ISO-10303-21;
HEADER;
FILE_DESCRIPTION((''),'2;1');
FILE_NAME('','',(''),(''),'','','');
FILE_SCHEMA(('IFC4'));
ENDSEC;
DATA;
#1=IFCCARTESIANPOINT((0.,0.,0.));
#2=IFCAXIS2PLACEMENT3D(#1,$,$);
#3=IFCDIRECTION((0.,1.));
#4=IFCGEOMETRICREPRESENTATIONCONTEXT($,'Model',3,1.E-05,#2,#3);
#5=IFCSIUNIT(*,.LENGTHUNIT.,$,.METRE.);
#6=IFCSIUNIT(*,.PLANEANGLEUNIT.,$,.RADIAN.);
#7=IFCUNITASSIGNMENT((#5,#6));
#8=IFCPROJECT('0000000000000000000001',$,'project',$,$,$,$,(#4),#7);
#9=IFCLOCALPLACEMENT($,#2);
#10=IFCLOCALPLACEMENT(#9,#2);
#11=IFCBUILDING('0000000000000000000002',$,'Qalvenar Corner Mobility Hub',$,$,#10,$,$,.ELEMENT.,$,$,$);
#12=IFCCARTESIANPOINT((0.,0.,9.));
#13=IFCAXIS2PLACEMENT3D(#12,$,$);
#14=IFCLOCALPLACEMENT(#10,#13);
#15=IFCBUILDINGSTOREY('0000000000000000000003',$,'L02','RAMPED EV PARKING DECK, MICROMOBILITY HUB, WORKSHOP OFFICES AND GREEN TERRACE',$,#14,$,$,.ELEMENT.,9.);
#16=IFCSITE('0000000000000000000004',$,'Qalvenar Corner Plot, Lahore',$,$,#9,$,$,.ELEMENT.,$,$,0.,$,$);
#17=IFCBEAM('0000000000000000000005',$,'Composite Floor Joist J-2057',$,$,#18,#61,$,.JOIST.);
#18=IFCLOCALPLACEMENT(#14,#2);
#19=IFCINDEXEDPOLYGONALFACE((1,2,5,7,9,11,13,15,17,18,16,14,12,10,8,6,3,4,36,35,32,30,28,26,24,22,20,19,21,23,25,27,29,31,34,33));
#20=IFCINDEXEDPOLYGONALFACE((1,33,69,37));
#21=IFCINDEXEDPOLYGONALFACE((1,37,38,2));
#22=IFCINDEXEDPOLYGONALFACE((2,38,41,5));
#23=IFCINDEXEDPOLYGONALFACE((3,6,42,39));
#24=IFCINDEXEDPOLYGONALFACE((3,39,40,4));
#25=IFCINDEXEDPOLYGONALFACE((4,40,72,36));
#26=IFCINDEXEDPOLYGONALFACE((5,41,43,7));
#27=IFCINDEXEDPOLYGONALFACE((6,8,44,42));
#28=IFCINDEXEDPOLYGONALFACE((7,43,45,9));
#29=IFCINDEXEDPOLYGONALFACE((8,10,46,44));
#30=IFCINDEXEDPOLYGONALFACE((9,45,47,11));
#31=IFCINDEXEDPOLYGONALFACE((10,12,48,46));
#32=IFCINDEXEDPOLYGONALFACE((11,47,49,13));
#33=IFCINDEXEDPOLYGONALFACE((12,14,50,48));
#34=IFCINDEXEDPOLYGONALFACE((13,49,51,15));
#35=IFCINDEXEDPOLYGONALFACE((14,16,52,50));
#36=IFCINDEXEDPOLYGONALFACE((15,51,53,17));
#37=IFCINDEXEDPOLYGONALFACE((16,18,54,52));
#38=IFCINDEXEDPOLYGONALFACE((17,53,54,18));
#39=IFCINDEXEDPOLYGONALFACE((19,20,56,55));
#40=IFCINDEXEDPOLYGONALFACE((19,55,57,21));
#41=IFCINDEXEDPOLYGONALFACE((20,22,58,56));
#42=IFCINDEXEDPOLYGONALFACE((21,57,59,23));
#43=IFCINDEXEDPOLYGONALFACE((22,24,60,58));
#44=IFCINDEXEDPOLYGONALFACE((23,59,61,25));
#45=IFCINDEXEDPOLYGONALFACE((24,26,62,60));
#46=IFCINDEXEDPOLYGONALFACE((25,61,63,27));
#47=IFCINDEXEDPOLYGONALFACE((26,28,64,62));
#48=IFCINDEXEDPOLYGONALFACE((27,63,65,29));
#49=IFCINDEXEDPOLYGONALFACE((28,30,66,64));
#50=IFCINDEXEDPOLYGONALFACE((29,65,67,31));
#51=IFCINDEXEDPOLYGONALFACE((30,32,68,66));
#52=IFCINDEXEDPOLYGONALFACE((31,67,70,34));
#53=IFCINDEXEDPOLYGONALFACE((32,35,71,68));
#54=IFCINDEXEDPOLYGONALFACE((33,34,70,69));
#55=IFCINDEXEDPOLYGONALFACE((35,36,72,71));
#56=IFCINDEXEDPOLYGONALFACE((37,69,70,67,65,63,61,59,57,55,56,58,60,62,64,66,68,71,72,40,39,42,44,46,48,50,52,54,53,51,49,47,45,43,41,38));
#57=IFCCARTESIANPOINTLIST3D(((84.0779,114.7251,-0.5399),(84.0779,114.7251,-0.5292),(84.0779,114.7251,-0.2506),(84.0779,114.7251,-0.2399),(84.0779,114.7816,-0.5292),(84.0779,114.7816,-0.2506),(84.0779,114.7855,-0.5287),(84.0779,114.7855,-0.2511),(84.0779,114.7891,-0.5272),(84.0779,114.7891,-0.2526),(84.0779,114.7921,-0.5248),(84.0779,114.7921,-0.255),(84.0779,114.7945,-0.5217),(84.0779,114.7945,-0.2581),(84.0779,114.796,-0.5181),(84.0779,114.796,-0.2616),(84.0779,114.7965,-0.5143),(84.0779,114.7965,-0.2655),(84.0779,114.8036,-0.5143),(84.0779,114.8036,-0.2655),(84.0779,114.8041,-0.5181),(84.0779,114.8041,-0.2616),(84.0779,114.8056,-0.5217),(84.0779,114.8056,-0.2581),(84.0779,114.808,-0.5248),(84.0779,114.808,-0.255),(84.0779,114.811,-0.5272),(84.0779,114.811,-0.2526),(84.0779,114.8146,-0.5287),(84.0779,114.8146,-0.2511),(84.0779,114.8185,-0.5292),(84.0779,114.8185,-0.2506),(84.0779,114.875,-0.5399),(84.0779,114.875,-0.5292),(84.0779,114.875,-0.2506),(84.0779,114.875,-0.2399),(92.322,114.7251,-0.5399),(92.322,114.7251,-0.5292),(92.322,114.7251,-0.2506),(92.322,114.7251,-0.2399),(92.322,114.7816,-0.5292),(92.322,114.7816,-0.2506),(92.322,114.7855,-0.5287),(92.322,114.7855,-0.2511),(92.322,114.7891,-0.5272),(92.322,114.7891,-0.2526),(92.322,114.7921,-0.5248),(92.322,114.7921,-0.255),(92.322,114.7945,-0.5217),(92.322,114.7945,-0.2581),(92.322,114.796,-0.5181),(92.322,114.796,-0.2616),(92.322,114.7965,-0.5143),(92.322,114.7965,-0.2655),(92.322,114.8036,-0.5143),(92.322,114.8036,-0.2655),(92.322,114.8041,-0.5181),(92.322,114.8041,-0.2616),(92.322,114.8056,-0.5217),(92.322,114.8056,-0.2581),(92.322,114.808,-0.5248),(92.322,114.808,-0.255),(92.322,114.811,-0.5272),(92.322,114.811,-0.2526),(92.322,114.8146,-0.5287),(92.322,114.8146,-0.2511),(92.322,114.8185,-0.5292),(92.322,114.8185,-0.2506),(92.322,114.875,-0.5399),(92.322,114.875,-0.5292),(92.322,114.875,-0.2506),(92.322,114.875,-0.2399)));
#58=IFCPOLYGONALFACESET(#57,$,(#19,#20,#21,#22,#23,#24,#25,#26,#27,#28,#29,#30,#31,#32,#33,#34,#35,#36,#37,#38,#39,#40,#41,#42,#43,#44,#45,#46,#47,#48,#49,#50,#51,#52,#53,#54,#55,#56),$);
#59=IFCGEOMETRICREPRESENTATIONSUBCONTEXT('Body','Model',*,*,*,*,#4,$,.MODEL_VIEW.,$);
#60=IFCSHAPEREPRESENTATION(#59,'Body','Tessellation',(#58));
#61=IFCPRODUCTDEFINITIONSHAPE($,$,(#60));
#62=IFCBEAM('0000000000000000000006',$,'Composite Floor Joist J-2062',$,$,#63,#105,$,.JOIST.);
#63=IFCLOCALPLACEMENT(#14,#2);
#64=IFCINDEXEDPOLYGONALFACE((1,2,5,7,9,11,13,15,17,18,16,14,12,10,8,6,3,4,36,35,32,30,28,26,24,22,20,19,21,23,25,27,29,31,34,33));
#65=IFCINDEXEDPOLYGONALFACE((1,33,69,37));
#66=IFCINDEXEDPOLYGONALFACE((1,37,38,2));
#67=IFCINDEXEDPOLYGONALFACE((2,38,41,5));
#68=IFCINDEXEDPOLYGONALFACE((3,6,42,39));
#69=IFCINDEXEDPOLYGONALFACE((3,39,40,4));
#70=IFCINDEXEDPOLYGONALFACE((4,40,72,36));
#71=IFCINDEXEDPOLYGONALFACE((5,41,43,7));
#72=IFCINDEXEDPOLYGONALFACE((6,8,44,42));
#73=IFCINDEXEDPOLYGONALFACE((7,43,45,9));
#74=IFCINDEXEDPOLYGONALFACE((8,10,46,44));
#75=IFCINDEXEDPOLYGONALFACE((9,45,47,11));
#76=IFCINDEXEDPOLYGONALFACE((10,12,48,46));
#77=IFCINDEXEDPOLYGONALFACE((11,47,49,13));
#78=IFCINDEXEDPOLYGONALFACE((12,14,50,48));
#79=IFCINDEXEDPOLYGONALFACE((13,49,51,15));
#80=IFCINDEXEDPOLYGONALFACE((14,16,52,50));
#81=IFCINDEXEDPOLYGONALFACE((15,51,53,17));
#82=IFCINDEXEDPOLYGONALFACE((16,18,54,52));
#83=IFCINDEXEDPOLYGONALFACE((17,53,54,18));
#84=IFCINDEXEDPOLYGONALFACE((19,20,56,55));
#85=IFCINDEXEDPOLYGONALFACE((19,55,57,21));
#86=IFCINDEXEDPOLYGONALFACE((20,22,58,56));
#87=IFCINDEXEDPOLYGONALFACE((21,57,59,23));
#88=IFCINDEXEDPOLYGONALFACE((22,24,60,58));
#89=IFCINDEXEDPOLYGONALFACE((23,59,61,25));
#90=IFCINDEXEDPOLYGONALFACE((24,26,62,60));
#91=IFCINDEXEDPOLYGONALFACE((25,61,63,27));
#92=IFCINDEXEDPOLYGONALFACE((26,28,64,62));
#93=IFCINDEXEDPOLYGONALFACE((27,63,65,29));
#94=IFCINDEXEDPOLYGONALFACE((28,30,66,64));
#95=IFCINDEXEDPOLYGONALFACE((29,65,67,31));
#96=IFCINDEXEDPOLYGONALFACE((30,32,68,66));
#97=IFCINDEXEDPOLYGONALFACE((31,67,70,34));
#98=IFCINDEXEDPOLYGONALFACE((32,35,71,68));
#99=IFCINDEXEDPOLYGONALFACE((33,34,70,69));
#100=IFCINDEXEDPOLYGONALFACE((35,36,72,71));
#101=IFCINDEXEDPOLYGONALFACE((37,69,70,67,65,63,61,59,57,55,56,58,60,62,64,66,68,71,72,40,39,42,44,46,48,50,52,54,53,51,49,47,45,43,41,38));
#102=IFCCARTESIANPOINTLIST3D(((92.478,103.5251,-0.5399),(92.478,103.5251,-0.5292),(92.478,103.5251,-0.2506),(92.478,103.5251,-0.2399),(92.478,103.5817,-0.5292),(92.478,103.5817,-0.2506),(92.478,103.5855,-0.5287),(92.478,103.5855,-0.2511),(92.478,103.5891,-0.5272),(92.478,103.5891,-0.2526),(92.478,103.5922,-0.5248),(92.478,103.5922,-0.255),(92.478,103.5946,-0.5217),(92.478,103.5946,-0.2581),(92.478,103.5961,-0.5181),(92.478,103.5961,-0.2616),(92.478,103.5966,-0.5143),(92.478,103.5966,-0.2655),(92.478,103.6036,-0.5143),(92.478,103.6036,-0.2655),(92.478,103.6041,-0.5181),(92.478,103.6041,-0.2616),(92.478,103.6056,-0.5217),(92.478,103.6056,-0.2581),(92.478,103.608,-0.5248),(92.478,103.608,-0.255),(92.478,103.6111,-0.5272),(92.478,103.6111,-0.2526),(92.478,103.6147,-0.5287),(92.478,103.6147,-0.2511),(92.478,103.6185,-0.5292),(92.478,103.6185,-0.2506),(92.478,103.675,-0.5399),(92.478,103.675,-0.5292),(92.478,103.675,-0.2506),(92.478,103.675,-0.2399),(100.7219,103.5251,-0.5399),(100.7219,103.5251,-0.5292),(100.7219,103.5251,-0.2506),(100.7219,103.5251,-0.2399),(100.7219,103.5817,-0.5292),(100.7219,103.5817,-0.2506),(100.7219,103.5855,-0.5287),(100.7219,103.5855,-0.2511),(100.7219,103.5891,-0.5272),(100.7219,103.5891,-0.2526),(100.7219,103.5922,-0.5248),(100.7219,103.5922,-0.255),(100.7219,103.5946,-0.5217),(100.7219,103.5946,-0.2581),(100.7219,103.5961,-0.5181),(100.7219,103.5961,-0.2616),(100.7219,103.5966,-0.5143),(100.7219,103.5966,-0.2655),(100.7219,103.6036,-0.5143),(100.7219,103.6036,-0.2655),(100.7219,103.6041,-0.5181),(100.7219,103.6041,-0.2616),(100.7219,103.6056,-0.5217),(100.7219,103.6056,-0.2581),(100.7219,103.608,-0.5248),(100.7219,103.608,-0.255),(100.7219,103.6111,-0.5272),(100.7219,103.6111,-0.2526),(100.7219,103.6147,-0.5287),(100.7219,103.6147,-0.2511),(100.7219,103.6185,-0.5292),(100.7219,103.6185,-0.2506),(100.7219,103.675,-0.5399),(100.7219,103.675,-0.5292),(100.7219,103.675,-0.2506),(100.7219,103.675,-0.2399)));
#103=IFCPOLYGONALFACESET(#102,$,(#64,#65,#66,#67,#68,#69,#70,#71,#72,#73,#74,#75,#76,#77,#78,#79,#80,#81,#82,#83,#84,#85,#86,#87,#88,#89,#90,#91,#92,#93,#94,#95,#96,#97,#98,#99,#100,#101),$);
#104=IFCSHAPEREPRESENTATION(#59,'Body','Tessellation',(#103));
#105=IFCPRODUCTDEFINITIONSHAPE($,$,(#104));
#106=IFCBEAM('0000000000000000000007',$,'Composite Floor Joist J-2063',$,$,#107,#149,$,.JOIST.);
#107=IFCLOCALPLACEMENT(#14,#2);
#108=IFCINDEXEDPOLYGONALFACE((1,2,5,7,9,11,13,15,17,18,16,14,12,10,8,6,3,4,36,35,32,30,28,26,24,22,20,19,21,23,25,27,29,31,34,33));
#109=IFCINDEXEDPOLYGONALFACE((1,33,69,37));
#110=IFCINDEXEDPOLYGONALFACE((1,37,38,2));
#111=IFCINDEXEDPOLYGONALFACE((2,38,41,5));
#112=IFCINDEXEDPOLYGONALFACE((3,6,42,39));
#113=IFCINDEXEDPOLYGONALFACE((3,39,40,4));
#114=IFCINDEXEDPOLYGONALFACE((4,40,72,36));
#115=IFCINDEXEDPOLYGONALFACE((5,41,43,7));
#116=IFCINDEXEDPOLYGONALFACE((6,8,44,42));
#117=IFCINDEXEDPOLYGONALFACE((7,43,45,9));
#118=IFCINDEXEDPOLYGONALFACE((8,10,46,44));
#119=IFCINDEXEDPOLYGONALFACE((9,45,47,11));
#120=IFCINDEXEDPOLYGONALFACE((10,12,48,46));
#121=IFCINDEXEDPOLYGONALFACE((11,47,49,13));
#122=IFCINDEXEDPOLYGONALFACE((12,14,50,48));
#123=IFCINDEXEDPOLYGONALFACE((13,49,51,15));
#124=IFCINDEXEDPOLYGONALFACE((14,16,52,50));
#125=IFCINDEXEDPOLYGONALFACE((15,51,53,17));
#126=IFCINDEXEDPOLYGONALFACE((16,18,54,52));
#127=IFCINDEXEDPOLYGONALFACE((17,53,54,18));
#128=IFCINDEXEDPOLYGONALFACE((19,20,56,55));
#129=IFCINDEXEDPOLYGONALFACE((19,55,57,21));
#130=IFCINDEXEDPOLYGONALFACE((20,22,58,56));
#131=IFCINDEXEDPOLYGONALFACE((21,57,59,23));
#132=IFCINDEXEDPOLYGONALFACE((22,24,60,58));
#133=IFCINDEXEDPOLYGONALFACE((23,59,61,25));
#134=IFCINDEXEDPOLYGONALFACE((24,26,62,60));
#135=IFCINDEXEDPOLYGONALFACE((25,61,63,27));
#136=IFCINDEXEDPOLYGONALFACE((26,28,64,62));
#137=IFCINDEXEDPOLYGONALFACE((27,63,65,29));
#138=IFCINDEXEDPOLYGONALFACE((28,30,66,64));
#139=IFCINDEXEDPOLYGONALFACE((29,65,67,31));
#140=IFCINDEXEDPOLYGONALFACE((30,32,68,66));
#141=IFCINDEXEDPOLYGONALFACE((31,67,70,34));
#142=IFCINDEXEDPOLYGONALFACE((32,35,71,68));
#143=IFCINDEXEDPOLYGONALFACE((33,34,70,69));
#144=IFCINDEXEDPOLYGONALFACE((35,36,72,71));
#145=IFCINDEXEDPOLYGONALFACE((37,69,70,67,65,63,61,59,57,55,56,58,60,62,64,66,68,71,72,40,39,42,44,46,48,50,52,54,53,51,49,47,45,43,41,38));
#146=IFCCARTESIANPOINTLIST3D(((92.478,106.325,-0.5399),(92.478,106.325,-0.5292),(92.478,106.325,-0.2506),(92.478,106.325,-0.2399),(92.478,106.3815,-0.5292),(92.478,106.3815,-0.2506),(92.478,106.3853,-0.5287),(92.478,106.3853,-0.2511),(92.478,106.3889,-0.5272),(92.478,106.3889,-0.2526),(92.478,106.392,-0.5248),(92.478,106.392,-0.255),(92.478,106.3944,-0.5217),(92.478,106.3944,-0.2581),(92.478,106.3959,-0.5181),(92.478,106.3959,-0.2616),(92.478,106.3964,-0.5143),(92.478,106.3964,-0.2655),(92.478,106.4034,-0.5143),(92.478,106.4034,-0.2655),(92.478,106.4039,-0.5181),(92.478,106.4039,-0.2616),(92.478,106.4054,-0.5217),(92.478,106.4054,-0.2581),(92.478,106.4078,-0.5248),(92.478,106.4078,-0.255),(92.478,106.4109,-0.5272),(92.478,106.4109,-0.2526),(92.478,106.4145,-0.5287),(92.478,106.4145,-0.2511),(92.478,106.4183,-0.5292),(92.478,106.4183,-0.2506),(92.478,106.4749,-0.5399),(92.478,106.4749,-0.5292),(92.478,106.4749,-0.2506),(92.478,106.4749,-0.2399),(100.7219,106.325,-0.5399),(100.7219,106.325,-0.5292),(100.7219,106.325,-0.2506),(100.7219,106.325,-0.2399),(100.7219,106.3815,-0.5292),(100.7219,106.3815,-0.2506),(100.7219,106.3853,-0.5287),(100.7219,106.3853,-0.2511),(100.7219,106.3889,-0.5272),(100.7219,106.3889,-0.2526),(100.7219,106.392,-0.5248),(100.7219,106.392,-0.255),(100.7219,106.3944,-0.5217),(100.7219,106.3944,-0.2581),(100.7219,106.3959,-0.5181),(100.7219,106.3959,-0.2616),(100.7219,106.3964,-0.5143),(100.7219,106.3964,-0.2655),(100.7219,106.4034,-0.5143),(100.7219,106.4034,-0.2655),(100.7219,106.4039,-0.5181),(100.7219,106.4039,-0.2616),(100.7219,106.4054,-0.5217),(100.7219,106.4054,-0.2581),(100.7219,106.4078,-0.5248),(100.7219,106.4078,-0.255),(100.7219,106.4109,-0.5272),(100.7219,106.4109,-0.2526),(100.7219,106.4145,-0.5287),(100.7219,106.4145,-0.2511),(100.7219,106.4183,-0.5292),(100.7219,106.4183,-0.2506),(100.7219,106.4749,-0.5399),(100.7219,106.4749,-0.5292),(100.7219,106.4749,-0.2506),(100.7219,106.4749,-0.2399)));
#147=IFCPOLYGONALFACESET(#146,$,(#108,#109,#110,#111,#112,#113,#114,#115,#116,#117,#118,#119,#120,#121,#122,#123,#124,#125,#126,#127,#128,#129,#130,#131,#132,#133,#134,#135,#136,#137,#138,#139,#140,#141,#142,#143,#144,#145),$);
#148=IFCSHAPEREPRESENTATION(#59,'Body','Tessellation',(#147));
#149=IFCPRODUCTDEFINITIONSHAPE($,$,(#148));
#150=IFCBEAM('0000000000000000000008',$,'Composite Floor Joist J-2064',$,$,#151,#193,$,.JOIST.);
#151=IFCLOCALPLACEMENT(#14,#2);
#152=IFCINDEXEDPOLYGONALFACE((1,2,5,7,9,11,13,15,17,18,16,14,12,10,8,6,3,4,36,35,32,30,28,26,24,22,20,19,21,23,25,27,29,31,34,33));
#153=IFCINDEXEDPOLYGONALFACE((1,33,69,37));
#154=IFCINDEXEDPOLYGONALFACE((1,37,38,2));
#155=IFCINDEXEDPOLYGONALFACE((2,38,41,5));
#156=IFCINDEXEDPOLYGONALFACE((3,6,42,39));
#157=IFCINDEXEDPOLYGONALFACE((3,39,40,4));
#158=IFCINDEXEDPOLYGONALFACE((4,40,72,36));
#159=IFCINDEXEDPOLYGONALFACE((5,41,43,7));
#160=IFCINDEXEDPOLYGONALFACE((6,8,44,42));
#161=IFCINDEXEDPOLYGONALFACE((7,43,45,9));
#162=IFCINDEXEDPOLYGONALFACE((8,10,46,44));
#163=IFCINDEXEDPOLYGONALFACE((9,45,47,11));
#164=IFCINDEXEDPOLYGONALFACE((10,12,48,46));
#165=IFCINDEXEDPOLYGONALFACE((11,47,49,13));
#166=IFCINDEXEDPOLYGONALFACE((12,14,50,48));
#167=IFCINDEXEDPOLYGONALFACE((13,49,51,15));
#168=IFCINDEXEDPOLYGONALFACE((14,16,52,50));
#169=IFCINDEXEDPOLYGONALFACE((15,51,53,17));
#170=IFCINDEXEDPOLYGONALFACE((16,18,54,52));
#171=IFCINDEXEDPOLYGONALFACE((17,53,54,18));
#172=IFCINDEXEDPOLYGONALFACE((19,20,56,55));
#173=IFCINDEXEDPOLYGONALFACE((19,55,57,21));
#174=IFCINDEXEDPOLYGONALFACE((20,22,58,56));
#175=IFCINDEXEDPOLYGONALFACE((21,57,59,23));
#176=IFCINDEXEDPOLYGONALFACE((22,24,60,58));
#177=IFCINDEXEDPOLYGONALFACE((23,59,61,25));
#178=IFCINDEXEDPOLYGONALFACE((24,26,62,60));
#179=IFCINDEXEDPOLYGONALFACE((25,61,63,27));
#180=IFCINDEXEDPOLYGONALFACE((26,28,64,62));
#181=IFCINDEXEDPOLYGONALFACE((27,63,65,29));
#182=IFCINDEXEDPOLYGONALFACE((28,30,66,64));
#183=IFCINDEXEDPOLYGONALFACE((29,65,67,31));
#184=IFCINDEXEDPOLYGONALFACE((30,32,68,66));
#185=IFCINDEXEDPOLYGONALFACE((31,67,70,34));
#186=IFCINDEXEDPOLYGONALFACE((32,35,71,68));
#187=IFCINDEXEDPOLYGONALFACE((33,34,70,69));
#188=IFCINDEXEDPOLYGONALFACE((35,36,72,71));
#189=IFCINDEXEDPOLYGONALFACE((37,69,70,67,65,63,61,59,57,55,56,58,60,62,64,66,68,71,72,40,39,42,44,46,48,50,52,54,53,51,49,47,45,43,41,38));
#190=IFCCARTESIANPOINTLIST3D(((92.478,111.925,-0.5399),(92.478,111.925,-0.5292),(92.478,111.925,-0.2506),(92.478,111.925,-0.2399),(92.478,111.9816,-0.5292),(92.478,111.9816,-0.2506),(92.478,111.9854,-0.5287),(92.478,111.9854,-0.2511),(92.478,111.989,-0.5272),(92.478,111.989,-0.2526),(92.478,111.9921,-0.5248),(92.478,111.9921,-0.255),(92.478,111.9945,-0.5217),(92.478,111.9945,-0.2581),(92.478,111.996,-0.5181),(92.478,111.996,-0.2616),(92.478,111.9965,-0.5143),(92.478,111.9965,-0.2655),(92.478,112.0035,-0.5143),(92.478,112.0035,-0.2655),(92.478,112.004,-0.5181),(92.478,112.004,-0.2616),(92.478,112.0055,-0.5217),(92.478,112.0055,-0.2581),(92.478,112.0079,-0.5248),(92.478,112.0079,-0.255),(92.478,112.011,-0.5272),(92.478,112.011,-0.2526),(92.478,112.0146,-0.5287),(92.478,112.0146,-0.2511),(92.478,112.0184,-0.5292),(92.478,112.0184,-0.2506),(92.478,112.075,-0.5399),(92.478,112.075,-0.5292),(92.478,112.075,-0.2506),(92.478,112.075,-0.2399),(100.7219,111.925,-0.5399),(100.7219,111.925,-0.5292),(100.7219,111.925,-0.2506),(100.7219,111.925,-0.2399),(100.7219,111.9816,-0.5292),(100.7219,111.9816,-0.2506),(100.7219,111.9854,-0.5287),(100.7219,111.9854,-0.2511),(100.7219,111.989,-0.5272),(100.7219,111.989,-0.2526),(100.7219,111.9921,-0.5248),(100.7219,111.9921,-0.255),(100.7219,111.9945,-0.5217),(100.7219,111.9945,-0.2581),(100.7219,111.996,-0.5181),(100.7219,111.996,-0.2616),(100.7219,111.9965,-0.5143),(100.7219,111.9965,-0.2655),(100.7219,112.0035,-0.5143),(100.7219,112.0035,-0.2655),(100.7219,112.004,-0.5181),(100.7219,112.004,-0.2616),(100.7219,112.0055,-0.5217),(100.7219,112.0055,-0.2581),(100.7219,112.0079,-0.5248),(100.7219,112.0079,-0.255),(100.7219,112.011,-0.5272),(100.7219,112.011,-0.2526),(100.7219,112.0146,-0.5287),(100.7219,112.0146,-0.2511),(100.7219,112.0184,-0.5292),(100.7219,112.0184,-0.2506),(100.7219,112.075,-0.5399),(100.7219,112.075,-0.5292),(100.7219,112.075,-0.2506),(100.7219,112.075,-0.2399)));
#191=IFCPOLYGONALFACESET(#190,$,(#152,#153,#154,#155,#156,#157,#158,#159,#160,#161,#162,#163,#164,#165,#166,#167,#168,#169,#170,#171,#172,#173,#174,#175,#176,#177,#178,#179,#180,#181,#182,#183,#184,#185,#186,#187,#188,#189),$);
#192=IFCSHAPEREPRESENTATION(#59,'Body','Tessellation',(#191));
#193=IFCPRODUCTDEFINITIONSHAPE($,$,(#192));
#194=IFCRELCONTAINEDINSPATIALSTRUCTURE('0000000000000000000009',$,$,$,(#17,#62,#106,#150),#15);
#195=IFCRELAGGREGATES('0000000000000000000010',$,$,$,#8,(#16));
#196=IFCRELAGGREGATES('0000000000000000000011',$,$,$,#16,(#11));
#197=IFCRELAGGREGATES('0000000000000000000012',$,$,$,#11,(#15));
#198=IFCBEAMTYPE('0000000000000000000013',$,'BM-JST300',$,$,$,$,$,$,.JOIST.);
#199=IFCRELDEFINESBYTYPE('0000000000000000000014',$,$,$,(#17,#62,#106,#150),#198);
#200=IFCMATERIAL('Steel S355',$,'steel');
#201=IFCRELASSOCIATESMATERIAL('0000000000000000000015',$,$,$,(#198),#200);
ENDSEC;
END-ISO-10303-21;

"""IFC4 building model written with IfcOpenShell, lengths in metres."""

from ifc_helpers import new_model, si_unit, direction, frame, origin, origin_2d, place, context, subcontext, project, spatial, i_section, extrude, material, material_profile, profile_set, type_object, element, save


model = new_model("IFC4")

# Units and contexts
model_context = context("Model", 3, precision=1e-05, world=origin(), true_north=direction((0.0, 1.0)))
body_context = subcontext(model_context, "Body", "Model", "MODEL_VIEW")
ifc_project = project(units=[si_unit("LENGTHUNIT", "METRE"), si_unit("PLANEANGLEUNIT", "RADIAN")], contexts=[model_context])

# Site, building, storey
site_placement = place(None, origin())
site = spatial("IfcSite", under=ifc_project, at=site_placement, Name="Qalvenar Corner Plot, Lahore", CompositionType="ELEMENT", RefElevation=0.0)
building_placement = place(site_placement, origin())
building = spatial("IfcBuilding", under=site, at=building_placement, Name="Qalvenar Corner Mobility Hub", CompositionType="ELEMENT")
storey_placement = place(building_placement, frame((0.0, 0.0, 9.0)))
storey = spatial("IfcBuildingStorey", under=building, at=storey_placement, Name="L02", Description="RAMPED EV PARKING DECK, MICROMOBILITY HUB, WORKSHOP OFFICES AND GREEN TERRACE", CompositionType="ELEMENT", Elevation=9.0)

# Shared definitions
ifc_material = material(Name="Steel S355", Category="steel")

# Beams
ifc_material_profile_1 = material_profile(ifc_material, i_section(OverallWidth=0.1499, OverallDepth=0.3, WebThickness=0.0071, FlangeThickness=0.0107, FilletRadius=0.0149, at=origin_2d()), Name="IPE300")
ifc_profile_set_1 = profile_set([ifc_material_profile_1], Name="Steel S355")
beam_type_1 = type_object("IfcBeamType", Name="BM-JST300", PredefinedType="JOIST", material=ifc_profile_set_1)
for number, where, z_axis, x_axis, name in (
    (1, (84.0779, 114.8, -0.3899), (1.0, 0.0, 0.0), (0.0, 1.0, 0.0), "Composite Floor Joist J-2057"),
):
    element("IfcBeam", number, at=place(storey_placement, frame(where, z_axis=z_axis, x_axis=x_axis)), inside=storey, type_object=beam_type_1, Name=name, PredefinedType="JOIST", context=body_context, shape_type="SweptSolid", body=[
        extrude(i_section(OverallWidth=0.1499, OverallDepth=0.3, WebThickness=0.0071, FlangeThickness=0.0107, FilletRadius=0.0149, at=origin_2d()), origin(), (0.0, 0.0, 1.0), 8.2441),
    ])
for number, where, z_axis, x_axis, name in (
    (2, (92.478, 103.6001, -0.3899), (1.0, 0.0, 0.0), (0.0, 1.0, 0.0), "Composite Floor Joist J-2062"),
    (3, (92.478, 106.3999, -0.3899), (1.0, 0.0, 0.0), (0.0, 1.0, 0.0), "Composite Floor Joist J-2063"),
    (4, (92.478, 112.0, -0.3899), (1.0, 0.0, 0.0), (0.0, 1.0, 0.0), "Composite Floor Joist J-2064"),
):
    element("IfcBeam", number, at=place(storey_placement, frame(where, z_axis=z_axis, x_axis=x_axis)), inside=storey, type_object=beam_type_1, Name=name, PredefinedType="JOIST", context=body_context, shape_type="SweptSolid", body=[
        extrude(i_section(OverallWidth=0.1499, OverallDepth=0.3, WebThickness=0.0071, FlangeThickness=0.0107, FilletRadius=0.0149, at=origin_2d()), origin(), (0.0, 0.0, 1.0), 8.2439),
    ])

save(model, "model.ifc")
